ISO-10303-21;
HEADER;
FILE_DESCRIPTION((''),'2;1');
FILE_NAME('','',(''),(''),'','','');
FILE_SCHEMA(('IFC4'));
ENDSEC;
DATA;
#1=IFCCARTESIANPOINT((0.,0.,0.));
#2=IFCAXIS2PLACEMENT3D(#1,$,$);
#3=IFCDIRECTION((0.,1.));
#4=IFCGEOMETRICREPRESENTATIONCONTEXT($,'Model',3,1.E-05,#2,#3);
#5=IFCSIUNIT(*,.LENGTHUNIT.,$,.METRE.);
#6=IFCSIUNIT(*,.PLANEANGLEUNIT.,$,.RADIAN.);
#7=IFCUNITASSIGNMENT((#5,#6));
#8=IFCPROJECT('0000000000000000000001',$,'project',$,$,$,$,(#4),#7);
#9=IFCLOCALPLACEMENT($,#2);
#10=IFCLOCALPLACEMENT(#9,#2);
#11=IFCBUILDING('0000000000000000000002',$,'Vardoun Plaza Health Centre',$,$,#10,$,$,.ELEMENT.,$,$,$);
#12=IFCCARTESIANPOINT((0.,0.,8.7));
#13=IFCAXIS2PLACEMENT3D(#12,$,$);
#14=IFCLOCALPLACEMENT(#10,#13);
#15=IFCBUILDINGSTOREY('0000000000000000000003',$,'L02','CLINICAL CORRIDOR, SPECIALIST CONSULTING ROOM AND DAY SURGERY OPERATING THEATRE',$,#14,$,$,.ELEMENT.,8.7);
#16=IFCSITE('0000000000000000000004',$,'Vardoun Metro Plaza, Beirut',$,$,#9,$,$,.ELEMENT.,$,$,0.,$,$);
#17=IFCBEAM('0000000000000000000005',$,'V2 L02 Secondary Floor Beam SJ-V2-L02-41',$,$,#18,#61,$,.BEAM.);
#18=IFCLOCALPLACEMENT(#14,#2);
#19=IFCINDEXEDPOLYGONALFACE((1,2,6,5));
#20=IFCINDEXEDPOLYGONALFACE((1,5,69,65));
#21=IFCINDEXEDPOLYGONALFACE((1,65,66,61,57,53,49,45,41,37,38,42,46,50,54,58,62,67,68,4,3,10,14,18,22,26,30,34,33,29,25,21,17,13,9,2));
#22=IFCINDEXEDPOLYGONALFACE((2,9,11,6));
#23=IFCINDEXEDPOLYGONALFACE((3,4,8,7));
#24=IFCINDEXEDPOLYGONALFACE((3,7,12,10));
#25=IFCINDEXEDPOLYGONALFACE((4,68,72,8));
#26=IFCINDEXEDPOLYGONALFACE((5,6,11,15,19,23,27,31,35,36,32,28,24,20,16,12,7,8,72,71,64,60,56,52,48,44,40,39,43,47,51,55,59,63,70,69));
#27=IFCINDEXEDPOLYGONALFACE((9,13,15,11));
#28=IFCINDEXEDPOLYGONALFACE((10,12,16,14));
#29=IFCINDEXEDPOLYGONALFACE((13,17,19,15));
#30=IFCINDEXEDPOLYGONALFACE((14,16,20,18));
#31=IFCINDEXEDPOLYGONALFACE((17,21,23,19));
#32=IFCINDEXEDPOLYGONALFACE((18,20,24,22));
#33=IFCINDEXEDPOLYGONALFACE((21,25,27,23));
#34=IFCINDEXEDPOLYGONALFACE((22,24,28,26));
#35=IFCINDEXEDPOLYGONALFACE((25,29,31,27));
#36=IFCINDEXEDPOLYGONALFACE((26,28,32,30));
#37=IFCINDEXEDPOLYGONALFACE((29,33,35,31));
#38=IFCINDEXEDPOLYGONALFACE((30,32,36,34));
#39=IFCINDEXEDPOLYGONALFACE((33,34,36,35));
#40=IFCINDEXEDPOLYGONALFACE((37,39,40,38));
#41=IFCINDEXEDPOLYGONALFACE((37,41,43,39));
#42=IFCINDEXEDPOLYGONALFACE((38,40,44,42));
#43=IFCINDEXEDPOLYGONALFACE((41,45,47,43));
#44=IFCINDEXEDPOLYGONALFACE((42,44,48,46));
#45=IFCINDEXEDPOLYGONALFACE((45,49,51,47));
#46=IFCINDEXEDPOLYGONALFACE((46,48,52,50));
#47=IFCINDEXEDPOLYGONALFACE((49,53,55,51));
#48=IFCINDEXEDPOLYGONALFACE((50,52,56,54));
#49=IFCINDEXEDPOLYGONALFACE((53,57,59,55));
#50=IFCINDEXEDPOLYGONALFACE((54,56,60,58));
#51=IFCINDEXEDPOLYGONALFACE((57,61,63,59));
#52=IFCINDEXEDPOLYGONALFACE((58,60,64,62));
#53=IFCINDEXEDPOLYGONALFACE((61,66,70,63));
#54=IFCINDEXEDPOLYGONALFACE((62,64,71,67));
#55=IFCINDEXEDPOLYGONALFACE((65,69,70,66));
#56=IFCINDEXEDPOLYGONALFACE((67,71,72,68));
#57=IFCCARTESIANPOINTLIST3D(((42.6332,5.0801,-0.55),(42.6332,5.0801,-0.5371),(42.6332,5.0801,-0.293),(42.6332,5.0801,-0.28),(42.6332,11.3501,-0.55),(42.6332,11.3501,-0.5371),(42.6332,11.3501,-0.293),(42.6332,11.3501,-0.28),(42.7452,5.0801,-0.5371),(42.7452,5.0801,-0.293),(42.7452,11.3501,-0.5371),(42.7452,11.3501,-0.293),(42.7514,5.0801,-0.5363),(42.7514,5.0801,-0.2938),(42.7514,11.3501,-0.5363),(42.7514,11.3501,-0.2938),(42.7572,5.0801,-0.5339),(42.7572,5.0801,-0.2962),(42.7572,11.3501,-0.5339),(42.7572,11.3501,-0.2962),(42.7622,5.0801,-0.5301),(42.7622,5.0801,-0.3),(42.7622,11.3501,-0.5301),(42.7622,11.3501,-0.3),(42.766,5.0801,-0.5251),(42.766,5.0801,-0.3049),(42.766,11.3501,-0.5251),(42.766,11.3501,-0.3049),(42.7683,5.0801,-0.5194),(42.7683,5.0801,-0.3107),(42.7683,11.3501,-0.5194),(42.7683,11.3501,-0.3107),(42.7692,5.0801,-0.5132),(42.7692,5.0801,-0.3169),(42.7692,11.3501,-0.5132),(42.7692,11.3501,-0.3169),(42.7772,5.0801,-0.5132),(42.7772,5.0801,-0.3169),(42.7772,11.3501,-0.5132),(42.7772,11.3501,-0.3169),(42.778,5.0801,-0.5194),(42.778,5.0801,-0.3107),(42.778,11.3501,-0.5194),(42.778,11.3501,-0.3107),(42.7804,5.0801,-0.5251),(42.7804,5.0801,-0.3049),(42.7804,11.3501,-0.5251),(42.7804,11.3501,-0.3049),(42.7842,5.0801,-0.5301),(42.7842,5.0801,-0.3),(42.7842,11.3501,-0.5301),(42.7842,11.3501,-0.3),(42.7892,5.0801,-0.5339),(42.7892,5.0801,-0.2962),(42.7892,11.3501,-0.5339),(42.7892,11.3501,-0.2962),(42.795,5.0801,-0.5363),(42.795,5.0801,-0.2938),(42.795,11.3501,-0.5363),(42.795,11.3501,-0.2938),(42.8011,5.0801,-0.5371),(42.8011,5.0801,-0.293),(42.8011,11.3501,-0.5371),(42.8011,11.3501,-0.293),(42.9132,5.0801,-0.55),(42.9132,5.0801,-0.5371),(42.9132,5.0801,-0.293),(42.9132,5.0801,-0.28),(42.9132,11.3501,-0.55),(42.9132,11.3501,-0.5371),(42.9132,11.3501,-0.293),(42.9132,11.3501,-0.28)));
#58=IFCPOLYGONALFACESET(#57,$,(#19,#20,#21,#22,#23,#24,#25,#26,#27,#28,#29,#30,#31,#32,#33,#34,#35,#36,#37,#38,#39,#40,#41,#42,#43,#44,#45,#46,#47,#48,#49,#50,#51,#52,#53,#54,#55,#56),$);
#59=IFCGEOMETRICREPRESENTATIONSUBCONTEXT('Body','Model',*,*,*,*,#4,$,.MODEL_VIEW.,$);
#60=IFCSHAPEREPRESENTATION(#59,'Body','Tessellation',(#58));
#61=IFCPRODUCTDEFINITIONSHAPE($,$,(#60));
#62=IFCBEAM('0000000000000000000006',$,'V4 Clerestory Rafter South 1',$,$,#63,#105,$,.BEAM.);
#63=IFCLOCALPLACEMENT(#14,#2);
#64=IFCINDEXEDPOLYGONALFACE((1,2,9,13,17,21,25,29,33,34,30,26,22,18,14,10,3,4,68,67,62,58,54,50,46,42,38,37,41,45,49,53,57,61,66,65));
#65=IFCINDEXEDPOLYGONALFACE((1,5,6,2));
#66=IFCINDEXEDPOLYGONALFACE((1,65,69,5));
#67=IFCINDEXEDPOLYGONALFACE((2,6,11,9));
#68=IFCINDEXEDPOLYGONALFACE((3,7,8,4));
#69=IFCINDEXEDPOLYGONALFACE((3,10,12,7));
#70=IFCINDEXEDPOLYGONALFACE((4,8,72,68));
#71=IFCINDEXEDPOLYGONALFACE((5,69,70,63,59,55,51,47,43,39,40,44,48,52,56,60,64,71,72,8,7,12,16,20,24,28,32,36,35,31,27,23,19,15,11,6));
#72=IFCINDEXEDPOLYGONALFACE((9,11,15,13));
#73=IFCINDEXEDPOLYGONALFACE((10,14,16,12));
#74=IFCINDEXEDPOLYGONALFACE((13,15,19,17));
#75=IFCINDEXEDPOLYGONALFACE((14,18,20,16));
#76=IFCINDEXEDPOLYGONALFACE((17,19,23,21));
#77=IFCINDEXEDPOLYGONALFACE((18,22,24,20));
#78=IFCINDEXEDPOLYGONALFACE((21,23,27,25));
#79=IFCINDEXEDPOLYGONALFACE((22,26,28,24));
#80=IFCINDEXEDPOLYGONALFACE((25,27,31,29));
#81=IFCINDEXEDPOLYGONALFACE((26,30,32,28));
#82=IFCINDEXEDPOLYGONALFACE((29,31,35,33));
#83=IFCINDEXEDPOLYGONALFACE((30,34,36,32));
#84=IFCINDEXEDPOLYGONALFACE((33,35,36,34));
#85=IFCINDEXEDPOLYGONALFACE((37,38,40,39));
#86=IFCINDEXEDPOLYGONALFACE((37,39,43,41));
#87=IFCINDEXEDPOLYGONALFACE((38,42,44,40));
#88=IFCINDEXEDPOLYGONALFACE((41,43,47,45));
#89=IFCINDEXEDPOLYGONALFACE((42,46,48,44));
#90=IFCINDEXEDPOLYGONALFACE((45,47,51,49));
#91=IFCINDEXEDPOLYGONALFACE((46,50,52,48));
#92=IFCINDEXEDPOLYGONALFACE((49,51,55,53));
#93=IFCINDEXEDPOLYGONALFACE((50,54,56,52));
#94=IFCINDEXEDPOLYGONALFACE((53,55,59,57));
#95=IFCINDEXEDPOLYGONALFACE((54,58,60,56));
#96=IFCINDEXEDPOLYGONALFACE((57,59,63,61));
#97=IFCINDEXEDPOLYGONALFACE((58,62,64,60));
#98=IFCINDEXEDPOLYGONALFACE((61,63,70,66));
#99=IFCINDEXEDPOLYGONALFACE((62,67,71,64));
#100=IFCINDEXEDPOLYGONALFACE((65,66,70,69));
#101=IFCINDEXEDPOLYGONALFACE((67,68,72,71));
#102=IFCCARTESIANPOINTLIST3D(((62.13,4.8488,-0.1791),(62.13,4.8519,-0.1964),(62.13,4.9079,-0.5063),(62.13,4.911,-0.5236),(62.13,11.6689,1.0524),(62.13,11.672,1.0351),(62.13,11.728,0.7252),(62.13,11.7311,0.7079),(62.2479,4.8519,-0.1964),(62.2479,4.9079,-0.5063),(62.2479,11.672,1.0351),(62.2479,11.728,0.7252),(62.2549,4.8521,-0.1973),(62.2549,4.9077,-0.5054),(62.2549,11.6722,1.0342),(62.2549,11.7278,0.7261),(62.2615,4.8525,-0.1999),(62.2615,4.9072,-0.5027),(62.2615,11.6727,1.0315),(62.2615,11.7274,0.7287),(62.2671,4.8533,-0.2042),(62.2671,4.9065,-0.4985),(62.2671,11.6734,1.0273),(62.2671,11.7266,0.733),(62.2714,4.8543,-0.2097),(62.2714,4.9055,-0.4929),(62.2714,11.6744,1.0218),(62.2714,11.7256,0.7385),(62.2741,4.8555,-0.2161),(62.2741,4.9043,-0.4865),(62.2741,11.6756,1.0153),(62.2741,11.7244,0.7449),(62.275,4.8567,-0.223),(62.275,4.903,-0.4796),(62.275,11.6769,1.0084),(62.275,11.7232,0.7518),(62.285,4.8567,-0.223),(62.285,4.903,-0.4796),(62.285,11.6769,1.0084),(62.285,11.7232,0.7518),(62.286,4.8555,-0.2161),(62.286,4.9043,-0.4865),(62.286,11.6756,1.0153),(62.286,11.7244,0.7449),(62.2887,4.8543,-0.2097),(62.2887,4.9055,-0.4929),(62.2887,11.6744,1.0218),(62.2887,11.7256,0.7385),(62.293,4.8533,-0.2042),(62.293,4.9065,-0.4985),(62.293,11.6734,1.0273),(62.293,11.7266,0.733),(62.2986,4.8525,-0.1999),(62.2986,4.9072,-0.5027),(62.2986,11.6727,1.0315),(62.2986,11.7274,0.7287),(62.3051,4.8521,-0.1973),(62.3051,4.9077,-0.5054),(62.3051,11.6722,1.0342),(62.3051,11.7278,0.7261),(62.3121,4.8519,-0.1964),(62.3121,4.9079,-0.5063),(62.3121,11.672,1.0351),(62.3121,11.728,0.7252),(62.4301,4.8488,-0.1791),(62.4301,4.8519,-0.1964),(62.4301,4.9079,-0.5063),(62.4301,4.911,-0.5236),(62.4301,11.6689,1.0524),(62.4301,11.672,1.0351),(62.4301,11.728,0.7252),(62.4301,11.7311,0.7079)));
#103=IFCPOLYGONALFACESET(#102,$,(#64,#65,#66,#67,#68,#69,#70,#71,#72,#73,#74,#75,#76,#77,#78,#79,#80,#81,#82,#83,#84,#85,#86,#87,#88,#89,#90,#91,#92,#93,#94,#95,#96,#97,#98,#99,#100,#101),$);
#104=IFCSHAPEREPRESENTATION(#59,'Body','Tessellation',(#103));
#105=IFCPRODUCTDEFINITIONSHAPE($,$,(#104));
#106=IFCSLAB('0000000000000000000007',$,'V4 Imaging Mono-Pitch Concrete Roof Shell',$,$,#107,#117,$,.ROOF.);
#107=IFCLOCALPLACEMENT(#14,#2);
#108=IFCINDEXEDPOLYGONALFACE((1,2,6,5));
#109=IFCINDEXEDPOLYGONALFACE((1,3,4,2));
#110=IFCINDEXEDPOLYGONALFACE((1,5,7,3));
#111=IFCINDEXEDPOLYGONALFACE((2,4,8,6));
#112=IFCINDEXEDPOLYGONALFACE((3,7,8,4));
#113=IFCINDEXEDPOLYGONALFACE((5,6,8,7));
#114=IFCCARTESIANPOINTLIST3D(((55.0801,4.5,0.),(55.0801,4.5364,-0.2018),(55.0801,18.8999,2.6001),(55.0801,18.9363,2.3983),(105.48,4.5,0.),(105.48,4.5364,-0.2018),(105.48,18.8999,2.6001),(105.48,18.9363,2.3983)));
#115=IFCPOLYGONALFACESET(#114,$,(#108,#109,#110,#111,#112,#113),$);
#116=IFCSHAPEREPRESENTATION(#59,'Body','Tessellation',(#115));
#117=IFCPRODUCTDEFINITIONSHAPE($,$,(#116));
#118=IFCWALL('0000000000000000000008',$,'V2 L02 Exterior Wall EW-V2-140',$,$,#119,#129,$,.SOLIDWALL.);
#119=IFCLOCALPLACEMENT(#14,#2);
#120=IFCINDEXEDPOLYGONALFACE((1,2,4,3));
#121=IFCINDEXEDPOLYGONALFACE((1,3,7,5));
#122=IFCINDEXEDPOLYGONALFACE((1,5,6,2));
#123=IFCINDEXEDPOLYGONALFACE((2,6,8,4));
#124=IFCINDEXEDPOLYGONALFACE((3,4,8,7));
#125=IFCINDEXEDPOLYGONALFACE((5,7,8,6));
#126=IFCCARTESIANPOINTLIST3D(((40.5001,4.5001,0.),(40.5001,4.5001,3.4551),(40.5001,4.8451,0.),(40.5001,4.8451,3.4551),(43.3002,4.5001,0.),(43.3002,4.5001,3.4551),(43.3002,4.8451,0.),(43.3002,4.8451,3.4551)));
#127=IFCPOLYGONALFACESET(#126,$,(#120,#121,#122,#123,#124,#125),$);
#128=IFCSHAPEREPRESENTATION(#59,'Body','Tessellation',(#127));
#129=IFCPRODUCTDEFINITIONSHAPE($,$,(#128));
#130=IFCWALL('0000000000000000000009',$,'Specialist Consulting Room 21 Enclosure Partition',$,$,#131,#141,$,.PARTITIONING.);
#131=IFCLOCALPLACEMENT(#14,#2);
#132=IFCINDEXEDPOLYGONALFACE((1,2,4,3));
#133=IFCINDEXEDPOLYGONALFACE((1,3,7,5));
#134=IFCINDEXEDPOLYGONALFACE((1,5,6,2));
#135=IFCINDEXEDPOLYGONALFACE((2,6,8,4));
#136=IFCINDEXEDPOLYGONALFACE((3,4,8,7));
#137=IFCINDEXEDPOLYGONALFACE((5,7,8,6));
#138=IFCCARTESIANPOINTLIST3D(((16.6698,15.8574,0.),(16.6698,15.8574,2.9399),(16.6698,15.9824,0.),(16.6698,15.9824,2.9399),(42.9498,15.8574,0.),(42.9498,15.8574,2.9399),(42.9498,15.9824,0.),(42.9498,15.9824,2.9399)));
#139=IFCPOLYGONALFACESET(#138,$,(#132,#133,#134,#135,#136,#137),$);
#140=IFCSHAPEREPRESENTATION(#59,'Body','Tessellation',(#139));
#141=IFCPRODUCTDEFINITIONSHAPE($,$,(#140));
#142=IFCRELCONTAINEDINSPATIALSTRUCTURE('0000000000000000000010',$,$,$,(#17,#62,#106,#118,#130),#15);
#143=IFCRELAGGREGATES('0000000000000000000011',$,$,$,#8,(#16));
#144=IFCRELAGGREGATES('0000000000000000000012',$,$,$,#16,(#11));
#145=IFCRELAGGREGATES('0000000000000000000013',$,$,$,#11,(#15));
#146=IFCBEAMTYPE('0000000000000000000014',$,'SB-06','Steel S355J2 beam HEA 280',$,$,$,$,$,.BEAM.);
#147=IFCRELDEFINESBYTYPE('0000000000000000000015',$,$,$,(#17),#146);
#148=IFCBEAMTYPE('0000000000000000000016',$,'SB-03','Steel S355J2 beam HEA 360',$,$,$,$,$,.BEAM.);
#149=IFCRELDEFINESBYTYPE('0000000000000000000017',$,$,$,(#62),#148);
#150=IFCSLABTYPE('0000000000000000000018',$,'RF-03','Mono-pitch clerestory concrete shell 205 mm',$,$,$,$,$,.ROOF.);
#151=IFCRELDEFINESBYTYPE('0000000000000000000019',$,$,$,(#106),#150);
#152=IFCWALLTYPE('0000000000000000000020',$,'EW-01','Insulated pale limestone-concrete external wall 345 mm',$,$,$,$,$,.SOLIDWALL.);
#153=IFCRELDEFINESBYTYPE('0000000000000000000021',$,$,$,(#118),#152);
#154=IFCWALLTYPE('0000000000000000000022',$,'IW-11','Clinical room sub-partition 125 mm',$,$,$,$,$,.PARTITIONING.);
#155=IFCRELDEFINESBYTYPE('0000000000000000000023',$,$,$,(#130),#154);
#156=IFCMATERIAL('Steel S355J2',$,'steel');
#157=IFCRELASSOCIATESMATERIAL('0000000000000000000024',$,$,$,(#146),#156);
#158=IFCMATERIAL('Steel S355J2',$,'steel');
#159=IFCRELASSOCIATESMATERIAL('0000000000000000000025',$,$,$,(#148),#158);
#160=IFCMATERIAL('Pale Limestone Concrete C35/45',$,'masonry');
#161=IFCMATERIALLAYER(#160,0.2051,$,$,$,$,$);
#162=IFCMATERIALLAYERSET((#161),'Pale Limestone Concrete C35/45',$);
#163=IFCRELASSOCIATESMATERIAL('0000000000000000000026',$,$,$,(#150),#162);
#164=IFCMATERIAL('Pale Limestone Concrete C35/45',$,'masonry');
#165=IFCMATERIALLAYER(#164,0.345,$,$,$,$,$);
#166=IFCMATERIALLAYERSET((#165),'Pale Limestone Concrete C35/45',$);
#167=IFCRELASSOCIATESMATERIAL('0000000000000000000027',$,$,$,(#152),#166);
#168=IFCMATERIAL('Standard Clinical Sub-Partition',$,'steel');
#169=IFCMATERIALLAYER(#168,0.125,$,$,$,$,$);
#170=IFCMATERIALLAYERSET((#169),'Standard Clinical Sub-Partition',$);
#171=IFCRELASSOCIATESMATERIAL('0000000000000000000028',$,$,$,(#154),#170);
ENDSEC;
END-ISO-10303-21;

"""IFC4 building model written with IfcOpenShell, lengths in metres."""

from ifc_helpers import new_model, si_unit, direction, frame, frame_2d, origin, origin_2d, place, context, subcontext, project, spatial, polyline, rectangle, i_section, outline, extrude, material, layer, layer_set, material_profile, profile_set, type_object, element, save


model = new_model("IFC4")

# Units and contexts
model_context = context("Model", 3, precision=1e-05, world=origin(), true_north=direction((0.0, 1.0)))
body_context = subcontext(model_context, "Body", "Model", "MODEL_VIEW")
ifc_project = project(units=[si_unit("LENGTHUNIT", "METRE"), si_unit("PLANEANGLEUNIT", "RADIAN")], contexts=[model_context])

# Site, building, storey
site_placement = place(None, origin())
site = spatial("IfcSite", under=ifc_project, at=site_placement, Name="Vardoun Metro Plaza, Beirut", CompositionType="ELEMENT", RefElevation=0.0)
building_placement = place(site_placement, origin())
building = spatial("IfcBuilding", under=site, at=building_placement, Name="Vardoun Plaza Health Centre", CompositionType="ELEMENT")
storey_placement = place(building_placement, frame((0.0, 0.0, 8.7)))
storey = spatial("IfcBuildingStorey", under=building, at=storey_placement, Name="L02", Description="CLINICAL CORRIDOR, SPECIALIST CONSULTING ROOM AND DAY SURGERY OPERATING THEATRE", CompositionType="ELEMENT", Elevation=8.7)

# Beams
ifc_material_1 = material(Name="Steel S355J2", Category="steel")
ifc_material_profile_1 = material_profile(ifc_material_1, i_section(OverallWidth=0.28, OverallDepth=0.27, WebThickness=0.0081, FlangeThickness=0.0129, FilletRadius=0.0239, at=origin_2d()), Name="HEA 280")
ifc_profile_set_1 = profile_set([ifc_material_profile_1], Name="Steel S355J2")
beam_type_1 = type_object("IfcBeamType", Name="SB-06", Description="Steel S355J2 beam HEA 280", PredefinedType="BEAM", material=ifc_profile_set_1)
beam_1_placement = place(storey_placement, frame((42.7732, 5.0801, -0.415), z_axis=(0.0, 1.0, 0.0), x_axis=(-1.0, 0.0, 0.0)))
element("IfcBeam", 1, at=beam_1_placement, inside=storey, type_object=beam_type_1, Name="V2 L02 Secondary Floor Beam SJ-V2-L02-41", PredefinedType="BEAM", context=body_context, shape_type="SweptSolid", body=[
    extrude(i_section(OverallWidth=0.28, OverallDepth=0.27, WebThickness=0.0081, FlangeThickness=0.0129, FilletRadius=0.0239, at=origin_2d()), origin(), (0.0, 0.0, 1.0), 6.27),
])
ifc_material_2 = material(Name="Steel S355J2", Category="steel")
ifc_material_profile_2 = material_profile(ifc_material_2, i_section(OverallWidth=0.3, OverallDepth=0.3501, WebThickness=0.01, FlangeThickness=0.0176, FilletRadius=0.0271, at=origin_2d()), Name="HEA 360")
ifc_profile_set_2 = profile_set([ifc_material_profile_2], Name="Steel S355J2")
beam_type_2 = type_object("IfcBeamType", Name="SB-03", Description="Steel S355J2 beam HEA 360", PredefinedType="BEAM", material=ifc_profile_set_2)
beam_2_placement = place(storey_placement, frame((62.28, 4.8799, -0.3513), z_axis=(0.0, 0.984087, 0.177689), x_axis=(-1.0, 0.0, 0.0)))
element("IfcBeam", 2, at=beam_2_placement, inside=storey, type_object=beam_type_2, Name="V4 Clerestory Rafter South 1", PredefinedType="BEAM", context=body_context, shape_type="SweptSolid", body=[
    extrude(i_section(OverallWidth=0.3, OverallDepth=0.3501, WebThickness=0.01, FlangeThickness=0.0176, FilletRadius=0.0271, at=origin_2d()), origin(), (0.0, 0.0, 1.0), 6.9304),
])

# Slab
ifc_material_3 = material(Name="Pale Limestone Concrete C35/45", Category="masonry")
ifc_layer_1 = layer(ifc_material_3, 0.2051)
ifc_layer_set_1 = layer_set([ifc_layer_1], Name="Pale Limestone Concrete C35/45")
slab_type = type_object("IfcSlabType", Name="RF-03", Description="Mono-pitch clerestory concrete shell 205 mm", PredefinedType="ROOF", material=ifc_layer_set_1)
slab_placement = place(storey_placement, frame((55.0801, 4.5, 0.0), z_axis=(0.0, -0.17769, 0.984086), x_axis=(1.0, 0.0, 0.0)))
element("IfcSlab", 3, at=slab_placement, inside=storey, type_object=slab_type, Name="V4 Imaging Mono-Pitch Concrete Roof Shell", PredefinedType="ROOF", context=body_context, shape_type="SweptSolid", body=[
    extrude(outline(polyline([(0.0, 0.0), (50.3999, 0.0), (50.3999, 14.6328), (0.0, 14.6328), (0.0, 0.0)])), origin(), (0.0, 0.0, -1.0), 0.2051),
])

# Shared definitions
ifc_material_4 = material(Name="Pale Limestone Concrete C35/45", Category="masonry")
ifc_layer_2 = layer(ifc_material_4, 0.345)
ifc_layer_set_2 = layer_set([ifc_layer_2], Name="Pale Limestone Concrete C35/45")
wall_type_1 = type_object("IfcWallType", Name="EW-01", Description="Insulated pale limestone-concrete external wall 345 mm", PredefinedType="SOLIDWALL", material=ifc_layer_set_2)

# Walls
wall_1_placement = place(storey_placement, frame((43.3, 4.6726, 0.0), z_axis=(0.0, 0.0, 1.0), x_axis=(-1.0, 0.0, 0.0)))
element("IfcWall", 4, at=wall_1_placement, inside=storey, type_object=wall_type_1, Name="V2 L02 Exterior Wall EW-V2-140", PredefinedType="SOLIDWALL", context=body_context, shape_type="SweptSolid", body=[
    extrude(rectangle(XDim=2.8, YDim=0.345, at=frame_2d((1.3999, 0.0))), origin(), (0.0, 0.0, 1.0), 3.4551),
])
ifc_material_5 = material(Name="Standard Clinical Sub-Partition", Category="steel")
ifc_layer_3 = layer(ifc_material_5, 0.125)
ifc_layer_set_3 = layer_set([ifc_layer_3], Name="Standard Clinical Sub-Partition")
wall_type_2 = type_object("IfcWallType", Name="IW-11", Description="Clinical room sub-partition 125 mm", PredefinedType="PARTITIONING", material=ifc_layer_set_3)
wall_2_placement = place(storey_placement, frame((42.95, 15.9199, 0.0), z_axis=(0.0, 0.0, 1.0), x_axis=(-1.0, 0.0, 0.0)))
element("IfcWall", 5, at=wall_2_placement, inside=storey, type_object=wall_type_2, Name="Specialist Consulting Room 21 Enclosure Partition", PredefinedType="PARTITIONING", context=body_context, shape_type="SweptSolid", body=[
    extrude(rectangle(XDim=26.28, YDim=0.125, at=frame_2d((13.1401, 0.0))), origin(), (0.0, 0.0, 1.0), 2.9399),
])

save(model, "model.ifc")
